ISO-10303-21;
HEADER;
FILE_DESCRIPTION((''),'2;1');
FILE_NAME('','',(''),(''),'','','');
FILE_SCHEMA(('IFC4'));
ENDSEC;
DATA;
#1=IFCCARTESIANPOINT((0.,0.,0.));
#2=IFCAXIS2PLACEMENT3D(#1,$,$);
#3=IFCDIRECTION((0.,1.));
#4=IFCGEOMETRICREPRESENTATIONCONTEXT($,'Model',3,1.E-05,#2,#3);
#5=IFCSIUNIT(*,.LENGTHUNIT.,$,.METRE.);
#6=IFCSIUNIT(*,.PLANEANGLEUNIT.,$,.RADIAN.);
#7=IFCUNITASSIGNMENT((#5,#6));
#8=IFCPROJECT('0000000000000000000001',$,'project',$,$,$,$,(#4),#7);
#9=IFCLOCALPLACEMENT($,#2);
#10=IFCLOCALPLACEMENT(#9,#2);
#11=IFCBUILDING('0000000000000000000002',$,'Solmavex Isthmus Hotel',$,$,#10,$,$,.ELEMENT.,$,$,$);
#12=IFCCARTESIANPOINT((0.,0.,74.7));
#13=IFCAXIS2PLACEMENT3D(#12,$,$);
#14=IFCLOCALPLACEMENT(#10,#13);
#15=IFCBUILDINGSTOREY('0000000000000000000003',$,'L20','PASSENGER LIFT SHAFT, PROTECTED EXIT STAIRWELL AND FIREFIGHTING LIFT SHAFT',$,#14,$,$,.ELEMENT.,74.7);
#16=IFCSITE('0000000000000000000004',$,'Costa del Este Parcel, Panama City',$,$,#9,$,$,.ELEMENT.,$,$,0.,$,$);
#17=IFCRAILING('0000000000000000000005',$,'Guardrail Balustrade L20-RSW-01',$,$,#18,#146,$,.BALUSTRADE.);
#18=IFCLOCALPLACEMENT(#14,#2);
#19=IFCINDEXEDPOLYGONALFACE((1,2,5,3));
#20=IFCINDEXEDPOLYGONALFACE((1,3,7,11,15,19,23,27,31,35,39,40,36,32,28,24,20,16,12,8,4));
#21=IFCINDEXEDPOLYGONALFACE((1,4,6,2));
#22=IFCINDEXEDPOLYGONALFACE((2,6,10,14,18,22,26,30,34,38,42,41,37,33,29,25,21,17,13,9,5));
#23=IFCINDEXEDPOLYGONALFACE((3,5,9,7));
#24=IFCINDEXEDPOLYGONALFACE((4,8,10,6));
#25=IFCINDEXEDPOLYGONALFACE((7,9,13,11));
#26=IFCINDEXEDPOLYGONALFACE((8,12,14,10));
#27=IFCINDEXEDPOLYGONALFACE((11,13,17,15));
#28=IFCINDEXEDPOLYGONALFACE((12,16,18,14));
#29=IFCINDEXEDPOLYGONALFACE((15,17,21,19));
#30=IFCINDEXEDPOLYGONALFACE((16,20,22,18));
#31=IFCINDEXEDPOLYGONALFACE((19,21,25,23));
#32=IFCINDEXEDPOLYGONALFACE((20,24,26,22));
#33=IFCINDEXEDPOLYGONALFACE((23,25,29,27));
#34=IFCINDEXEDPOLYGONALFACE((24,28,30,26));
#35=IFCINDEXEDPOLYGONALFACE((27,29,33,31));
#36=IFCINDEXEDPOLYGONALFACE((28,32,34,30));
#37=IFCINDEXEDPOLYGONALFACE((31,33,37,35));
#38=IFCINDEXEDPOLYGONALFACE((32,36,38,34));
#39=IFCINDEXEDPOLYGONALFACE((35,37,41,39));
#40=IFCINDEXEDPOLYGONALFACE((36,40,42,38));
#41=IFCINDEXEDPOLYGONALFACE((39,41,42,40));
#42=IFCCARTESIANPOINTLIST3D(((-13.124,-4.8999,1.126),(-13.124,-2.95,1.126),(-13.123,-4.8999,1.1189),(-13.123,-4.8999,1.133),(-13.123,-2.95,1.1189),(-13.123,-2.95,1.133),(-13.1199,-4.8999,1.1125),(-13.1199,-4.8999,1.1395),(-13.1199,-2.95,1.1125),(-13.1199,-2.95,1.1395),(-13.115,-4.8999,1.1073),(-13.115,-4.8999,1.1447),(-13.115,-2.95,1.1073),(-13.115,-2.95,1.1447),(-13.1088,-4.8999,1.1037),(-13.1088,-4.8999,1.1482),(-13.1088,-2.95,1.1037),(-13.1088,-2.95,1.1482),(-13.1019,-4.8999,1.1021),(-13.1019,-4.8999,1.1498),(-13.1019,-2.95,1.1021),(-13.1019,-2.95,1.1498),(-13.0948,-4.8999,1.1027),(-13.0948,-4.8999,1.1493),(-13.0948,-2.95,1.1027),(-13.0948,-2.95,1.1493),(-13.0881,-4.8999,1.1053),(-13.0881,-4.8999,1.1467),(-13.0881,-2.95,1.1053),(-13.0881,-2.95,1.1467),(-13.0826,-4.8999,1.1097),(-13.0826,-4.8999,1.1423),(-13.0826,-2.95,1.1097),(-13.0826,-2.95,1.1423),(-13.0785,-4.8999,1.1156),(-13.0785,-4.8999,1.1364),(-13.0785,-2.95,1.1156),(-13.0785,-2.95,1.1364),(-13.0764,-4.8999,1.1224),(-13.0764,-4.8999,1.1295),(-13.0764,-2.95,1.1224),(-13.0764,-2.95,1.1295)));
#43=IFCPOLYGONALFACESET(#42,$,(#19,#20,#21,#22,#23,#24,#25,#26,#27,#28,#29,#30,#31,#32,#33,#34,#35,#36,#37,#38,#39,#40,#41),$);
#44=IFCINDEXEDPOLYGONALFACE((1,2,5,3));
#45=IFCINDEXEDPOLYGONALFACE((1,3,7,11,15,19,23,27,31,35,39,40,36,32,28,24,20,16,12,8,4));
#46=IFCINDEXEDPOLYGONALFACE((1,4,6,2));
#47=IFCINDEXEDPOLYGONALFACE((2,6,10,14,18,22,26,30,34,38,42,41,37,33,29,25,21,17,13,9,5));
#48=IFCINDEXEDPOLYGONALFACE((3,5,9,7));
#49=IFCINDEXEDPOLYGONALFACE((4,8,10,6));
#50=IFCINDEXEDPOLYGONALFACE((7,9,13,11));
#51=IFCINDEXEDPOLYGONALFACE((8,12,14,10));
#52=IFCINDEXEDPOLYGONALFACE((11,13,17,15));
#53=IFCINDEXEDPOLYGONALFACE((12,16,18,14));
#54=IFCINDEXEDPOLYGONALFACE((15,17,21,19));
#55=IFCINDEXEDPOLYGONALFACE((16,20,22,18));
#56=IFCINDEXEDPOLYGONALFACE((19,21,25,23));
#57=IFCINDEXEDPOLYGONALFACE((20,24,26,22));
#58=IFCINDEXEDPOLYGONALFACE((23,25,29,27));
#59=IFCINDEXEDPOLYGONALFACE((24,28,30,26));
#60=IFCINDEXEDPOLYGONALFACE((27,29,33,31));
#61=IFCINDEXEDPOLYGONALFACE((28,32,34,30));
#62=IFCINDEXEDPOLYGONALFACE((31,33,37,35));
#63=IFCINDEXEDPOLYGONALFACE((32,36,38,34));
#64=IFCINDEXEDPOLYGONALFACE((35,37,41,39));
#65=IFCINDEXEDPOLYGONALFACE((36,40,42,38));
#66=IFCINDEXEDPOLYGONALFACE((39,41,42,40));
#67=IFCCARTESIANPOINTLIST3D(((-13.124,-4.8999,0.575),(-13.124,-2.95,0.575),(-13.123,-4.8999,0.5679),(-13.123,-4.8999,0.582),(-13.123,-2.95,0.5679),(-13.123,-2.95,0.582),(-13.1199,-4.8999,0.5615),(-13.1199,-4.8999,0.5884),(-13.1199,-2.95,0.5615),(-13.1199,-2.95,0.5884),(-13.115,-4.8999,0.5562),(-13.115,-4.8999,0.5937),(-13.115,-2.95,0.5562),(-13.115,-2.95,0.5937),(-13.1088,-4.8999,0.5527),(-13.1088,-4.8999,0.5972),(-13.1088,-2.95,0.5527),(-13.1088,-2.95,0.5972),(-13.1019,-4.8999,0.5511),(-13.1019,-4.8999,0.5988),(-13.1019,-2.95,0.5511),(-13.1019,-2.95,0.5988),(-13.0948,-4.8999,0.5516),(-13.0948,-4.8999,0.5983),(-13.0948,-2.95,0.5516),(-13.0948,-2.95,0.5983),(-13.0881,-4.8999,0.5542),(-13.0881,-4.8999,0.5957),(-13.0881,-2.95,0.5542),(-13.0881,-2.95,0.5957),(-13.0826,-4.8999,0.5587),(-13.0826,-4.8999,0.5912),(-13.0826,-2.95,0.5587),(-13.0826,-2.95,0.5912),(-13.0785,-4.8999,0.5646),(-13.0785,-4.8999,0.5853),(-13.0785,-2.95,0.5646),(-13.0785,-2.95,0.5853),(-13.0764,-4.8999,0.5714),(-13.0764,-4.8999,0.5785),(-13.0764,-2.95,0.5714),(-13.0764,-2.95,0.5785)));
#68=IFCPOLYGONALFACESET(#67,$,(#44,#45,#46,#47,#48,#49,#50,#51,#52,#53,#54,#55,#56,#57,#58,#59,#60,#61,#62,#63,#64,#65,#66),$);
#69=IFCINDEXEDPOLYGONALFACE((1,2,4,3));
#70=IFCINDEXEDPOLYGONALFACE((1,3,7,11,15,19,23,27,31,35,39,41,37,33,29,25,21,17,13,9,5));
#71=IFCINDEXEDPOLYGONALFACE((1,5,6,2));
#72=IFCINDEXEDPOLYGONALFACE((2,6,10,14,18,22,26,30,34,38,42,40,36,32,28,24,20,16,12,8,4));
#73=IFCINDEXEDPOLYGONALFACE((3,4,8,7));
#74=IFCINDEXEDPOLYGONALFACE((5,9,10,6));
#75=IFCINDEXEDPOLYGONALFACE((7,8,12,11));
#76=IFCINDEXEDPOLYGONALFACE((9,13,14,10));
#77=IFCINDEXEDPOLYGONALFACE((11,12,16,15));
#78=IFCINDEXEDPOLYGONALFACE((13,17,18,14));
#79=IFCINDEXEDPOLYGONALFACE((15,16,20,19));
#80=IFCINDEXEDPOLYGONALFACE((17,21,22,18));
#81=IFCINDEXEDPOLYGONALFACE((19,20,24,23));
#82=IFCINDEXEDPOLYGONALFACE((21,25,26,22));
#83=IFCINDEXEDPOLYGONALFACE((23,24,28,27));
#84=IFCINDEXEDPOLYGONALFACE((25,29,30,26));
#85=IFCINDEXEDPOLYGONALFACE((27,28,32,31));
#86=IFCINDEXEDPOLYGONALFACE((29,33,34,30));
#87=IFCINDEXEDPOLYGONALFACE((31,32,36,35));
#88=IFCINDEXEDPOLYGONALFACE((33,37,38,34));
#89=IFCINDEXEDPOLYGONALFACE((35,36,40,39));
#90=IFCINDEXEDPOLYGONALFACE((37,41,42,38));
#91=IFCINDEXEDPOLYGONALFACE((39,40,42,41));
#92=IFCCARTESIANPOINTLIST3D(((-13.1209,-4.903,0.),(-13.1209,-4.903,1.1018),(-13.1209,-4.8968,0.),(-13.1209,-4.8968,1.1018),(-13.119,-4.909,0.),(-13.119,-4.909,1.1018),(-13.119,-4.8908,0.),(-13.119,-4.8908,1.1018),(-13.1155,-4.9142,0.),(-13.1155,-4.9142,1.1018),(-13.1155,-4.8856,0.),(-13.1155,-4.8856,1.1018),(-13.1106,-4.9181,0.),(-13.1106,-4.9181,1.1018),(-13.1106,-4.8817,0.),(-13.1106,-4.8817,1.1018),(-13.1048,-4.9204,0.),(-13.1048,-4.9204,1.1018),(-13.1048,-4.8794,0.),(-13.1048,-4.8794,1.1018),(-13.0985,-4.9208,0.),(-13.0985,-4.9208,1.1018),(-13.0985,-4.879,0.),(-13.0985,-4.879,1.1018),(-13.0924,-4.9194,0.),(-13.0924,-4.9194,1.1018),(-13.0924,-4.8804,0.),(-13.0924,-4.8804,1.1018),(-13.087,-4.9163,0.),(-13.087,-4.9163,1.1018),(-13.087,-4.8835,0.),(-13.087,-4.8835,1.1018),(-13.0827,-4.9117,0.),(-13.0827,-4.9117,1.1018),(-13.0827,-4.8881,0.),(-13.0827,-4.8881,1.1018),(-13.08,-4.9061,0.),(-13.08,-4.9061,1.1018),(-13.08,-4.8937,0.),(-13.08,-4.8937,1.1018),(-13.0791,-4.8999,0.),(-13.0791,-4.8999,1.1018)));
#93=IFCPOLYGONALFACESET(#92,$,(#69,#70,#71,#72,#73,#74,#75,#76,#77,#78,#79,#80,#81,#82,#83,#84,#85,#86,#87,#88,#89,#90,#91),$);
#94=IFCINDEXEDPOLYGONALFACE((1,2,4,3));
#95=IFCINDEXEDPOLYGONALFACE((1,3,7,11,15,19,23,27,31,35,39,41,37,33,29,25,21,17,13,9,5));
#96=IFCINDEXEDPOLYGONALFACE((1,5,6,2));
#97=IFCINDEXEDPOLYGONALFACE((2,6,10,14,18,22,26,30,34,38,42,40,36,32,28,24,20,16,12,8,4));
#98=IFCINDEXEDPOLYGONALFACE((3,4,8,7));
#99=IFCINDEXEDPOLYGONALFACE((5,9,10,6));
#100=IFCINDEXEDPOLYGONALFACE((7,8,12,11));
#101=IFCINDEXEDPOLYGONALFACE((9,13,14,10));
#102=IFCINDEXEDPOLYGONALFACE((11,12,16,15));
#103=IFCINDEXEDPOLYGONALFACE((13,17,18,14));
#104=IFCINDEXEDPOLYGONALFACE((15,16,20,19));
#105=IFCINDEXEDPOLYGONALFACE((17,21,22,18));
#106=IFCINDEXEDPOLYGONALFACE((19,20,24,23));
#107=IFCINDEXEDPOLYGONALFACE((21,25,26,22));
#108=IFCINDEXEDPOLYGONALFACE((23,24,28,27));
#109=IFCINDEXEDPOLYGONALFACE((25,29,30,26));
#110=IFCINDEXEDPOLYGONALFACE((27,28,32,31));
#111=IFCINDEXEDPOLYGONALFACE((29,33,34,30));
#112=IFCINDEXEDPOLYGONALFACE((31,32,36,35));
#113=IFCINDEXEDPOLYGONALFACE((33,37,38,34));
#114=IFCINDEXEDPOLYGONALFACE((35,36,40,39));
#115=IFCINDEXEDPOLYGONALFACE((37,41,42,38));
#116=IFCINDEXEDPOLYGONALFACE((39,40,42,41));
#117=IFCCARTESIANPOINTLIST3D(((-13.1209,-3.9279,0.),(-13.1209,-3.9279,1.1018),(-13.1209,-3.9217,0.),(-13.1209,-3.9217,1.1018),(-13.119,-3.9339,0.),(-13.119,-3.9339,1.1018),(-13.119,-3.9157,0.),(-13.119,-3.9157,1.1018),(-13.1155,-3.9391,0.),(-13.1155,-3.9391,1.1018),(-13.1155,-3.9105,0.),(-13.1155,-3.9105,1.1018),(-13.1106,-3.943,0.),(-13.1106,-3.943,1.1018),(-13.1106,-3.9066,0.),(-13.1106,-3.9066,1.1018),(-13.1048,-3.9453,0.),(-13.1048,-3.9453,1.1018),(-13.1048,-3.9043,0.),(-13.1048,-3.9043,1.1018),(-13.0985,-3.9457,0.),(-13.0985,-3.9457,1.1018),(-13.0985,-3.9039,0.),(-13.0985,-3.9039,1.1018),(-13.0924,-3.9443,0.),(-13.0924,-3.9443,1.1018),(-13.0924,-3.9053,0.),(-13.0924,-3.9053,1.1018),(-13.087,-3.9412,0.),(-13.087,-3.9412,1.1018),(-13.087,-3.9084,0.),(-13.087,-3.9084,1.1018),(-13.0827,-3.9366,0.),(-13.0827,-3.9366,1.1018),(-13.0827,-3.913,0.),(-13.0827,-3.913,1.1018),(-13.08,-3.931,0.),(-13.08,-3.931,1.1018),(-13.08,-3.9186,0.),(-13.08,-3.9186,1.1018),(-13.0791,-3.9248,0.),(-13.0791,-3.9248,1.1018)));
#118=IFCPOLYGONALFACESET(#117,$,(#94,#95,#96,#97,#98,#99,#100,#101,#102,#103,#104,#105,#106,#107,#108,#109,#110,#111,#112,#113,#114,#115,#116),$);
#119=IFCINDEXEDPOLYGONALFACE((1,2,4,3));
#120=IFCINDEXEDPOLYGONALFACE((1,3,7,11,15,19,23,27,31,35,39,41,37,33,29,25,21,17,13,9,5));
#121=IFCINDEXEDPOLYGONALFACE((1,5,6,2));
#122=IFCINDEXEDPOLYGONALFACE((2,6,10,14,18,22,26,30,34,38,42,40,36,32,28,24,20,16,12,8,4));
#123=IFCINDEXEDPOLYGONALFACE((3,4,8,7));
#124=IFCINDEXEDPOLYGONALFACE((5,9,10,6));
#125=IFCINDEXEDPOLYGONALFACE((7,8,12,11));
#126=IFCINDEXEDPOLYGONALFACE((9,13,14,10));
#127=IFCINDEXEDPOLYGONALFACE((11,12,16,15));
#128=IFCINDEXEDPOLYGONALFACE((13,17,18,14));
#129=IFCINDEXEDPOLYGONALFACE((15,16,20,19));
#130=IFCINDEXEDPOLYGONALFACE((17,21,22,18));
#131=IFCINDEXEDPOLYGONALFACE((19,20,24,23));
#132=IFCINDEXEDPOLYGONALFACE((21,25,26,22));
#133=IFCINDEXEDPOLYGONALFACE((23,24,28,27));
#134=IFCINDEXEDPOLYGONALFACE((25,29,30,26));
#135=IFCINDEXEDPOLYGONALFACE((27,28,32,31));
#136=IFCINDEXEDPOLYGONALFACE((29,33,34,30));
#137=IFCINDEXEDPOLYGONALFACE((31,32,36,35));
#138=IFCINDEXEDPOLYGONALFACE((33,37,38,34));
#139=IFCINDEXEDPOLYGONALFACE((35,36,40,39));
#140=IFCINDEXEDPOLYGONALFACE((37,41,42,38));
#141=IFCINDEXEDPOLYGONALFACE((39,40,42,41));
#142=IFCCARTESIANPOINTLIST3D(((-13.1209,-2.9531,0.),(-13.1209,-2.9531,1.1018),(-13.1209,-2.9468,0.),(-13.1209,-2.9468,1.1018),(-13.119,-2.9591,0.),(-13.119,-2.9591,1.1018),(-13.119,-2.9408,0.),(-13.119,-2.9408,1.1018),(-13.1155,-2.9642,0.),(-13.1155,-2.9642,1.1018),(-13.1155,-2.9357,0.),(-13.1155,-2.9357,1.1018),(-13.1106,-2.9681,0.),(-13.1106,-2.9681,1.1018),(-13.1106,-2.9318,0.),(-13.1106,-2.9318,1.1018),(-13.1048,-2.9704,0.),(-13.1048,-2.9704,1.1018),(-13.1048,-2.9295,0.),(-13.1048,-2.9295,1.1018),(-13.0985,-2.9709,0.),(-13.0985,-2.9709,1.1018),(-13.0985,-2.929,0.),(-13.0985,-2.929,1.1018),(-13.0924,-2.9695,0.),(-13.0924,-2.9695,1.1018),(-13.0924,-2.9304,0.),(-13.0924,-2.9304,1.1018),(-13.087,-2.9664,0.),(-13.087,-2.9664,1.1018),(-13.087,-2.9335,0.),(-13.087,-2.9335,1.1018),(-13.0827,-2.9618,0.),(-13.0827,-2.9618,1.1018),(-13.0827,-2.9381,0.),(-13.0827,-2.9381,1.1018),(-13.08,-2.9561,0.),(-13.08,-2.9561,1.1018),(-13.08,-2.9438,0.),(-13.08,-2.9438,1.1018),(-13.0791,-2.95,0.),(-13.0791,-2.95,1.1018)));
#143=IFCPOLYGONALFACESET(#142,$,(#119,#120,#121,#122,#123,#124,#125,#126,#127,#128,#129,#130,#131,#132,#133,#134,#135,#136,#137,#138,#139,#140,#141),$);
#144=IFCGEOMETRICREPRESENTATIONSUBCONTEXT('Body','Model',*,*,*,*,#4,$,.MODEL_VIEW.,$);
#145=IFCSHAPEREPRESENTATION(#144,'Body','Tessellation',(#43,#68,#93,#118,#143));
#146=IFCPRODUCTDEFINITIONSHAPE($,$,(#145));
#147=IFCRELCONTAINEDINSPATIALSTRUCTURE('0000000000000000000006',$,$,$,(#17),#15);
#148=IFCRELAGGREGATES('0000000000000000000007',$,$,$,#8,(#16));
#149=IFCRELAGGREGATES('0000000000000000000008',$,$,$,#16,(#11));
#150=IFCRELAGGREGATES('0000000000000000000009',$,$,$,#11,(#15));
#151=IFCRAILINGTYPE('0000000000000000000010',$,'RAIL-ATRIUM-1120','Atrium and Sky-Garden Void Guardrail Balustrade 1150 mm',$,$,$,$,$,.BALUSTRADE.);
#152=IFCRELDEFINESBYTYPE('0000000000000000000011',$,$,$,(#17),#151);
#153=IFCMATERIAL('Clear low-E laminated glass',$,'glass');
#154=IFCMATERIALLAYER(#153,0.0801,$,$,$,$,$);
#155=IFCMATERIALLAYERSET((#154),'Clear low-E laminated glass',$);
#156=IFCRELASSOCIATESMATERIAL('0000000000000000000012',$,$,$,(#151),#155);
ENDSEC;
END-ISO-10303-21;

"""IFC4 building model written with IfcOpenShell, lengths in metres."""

from ifc_helpers import new_model, si_unit, direction, frame, origin, origin_2d, place, context, subcontext, project, spatial, circle, extrude, material, layer, layer_set, type_object, element, save


model = new_model("IFC4")

# Units and contexts
model_context = context("Model", 3, precision=1e-05, world=origin(), true_north=direction((0.0, 1.0)))
body_context = subcontext(model_context, "Body", "Model", "MODEL_VIEW")
ifc_project = project(units=[si_unit("LENGTHUNIT", "METRE"), si_unit("PLANEANGLEUNIT", "RADIAN")], contexts=[model_context])

# Site, building, storey
site_placement = place(None, origin())
site = spatial("IfcSite", under=ifc_project, at=site_placement, Name="Costa del Este Parcel, Panama City", CompositionType="ELEMENT", RefElevation=0.0)
building_placement = place(site_placement, origin())
building = spatial("IfcBuilding", under=site, at=building_placement, Name="Solmavex Isthmus Hotel", CompositionType="ELEMENT")
storey_placement = place(building_placement, frame((0.0, 0.0, 74.7)))
storey = spatial("IfcBuildingStorey", under=building, at=storey_placement, Name="L20", Description="PASSENGER LIFT SHAFT, PROTECTED EXIT STAIRWELL AND FIREFIGHTING LIFT SHAFT", CompositionType="ELEMENT", Elevation=74.7)

# Railing
ifc_material_1 = material(Name="Clear low-E laminated glass", Category="glass")
ifc_layer_1 = layer(ifc_material_1, 0.0801)
ifc_layer_set_1 = layer_set([ifc_layer_1], Name="Clear low-E laminated glass")
railing_type_1 = type_object("IfcRailingType", Name="RAIL-ATRIUM-1120", Description="Atrium and Sky-Garden Void Guardrail Balustrade 1150 mm", PredefinedType="BALUSTRADE", material=ifc_layer_set_1)
railing_1_placement = place(storey_placement, frame((-13.1001, -4.8999, 0.0)))
element("IfcRailing", 1, at=railing_1_placement, inside=storey, type_object=railing_type_1, Name="Guardrail Balustrade L20-RSW-01", PredefinedType="BALUSTRADE", context=body_context, shape_type="SweptSolid", body=[
    extrude(circle(Radius=0.0239, at=origin_2d()), frame((0.0, 0.0, 1.126), z_axis=(0.0, 1.0, 0.0), x_axis=(-1.0, 0.0, 0.0)), (0.0, 0.0, 1.0), 1.95),
    extrude(circle(Radius=0.0239, at=origin_2d()), frame((0.0, 0.0, 0.575), z_axis=(0.0, 1.0, 0.0), x_axis=(-1.0, 0.0, 0.0)), (0.0, 0.0, 1.0), 1.95),
    extrude(circle(Radius=0.021, at=origin_2d()), origin(), (0.0, 0.0, 1.0), 1.1018),
    extrude(circle(Radius=0.021, at=origin_2d()), frame((0.0, 0.9751, 0.0)), (0.0, 0.0, 1.0), 1.1018),
    extrude(circle(Radius=0.021, at=origin_2d()), frame((0.0, 1.95, 0.0)), (0.0, 0.0, 1.0), 1.1018),
])

save(model, "model.ifc")
